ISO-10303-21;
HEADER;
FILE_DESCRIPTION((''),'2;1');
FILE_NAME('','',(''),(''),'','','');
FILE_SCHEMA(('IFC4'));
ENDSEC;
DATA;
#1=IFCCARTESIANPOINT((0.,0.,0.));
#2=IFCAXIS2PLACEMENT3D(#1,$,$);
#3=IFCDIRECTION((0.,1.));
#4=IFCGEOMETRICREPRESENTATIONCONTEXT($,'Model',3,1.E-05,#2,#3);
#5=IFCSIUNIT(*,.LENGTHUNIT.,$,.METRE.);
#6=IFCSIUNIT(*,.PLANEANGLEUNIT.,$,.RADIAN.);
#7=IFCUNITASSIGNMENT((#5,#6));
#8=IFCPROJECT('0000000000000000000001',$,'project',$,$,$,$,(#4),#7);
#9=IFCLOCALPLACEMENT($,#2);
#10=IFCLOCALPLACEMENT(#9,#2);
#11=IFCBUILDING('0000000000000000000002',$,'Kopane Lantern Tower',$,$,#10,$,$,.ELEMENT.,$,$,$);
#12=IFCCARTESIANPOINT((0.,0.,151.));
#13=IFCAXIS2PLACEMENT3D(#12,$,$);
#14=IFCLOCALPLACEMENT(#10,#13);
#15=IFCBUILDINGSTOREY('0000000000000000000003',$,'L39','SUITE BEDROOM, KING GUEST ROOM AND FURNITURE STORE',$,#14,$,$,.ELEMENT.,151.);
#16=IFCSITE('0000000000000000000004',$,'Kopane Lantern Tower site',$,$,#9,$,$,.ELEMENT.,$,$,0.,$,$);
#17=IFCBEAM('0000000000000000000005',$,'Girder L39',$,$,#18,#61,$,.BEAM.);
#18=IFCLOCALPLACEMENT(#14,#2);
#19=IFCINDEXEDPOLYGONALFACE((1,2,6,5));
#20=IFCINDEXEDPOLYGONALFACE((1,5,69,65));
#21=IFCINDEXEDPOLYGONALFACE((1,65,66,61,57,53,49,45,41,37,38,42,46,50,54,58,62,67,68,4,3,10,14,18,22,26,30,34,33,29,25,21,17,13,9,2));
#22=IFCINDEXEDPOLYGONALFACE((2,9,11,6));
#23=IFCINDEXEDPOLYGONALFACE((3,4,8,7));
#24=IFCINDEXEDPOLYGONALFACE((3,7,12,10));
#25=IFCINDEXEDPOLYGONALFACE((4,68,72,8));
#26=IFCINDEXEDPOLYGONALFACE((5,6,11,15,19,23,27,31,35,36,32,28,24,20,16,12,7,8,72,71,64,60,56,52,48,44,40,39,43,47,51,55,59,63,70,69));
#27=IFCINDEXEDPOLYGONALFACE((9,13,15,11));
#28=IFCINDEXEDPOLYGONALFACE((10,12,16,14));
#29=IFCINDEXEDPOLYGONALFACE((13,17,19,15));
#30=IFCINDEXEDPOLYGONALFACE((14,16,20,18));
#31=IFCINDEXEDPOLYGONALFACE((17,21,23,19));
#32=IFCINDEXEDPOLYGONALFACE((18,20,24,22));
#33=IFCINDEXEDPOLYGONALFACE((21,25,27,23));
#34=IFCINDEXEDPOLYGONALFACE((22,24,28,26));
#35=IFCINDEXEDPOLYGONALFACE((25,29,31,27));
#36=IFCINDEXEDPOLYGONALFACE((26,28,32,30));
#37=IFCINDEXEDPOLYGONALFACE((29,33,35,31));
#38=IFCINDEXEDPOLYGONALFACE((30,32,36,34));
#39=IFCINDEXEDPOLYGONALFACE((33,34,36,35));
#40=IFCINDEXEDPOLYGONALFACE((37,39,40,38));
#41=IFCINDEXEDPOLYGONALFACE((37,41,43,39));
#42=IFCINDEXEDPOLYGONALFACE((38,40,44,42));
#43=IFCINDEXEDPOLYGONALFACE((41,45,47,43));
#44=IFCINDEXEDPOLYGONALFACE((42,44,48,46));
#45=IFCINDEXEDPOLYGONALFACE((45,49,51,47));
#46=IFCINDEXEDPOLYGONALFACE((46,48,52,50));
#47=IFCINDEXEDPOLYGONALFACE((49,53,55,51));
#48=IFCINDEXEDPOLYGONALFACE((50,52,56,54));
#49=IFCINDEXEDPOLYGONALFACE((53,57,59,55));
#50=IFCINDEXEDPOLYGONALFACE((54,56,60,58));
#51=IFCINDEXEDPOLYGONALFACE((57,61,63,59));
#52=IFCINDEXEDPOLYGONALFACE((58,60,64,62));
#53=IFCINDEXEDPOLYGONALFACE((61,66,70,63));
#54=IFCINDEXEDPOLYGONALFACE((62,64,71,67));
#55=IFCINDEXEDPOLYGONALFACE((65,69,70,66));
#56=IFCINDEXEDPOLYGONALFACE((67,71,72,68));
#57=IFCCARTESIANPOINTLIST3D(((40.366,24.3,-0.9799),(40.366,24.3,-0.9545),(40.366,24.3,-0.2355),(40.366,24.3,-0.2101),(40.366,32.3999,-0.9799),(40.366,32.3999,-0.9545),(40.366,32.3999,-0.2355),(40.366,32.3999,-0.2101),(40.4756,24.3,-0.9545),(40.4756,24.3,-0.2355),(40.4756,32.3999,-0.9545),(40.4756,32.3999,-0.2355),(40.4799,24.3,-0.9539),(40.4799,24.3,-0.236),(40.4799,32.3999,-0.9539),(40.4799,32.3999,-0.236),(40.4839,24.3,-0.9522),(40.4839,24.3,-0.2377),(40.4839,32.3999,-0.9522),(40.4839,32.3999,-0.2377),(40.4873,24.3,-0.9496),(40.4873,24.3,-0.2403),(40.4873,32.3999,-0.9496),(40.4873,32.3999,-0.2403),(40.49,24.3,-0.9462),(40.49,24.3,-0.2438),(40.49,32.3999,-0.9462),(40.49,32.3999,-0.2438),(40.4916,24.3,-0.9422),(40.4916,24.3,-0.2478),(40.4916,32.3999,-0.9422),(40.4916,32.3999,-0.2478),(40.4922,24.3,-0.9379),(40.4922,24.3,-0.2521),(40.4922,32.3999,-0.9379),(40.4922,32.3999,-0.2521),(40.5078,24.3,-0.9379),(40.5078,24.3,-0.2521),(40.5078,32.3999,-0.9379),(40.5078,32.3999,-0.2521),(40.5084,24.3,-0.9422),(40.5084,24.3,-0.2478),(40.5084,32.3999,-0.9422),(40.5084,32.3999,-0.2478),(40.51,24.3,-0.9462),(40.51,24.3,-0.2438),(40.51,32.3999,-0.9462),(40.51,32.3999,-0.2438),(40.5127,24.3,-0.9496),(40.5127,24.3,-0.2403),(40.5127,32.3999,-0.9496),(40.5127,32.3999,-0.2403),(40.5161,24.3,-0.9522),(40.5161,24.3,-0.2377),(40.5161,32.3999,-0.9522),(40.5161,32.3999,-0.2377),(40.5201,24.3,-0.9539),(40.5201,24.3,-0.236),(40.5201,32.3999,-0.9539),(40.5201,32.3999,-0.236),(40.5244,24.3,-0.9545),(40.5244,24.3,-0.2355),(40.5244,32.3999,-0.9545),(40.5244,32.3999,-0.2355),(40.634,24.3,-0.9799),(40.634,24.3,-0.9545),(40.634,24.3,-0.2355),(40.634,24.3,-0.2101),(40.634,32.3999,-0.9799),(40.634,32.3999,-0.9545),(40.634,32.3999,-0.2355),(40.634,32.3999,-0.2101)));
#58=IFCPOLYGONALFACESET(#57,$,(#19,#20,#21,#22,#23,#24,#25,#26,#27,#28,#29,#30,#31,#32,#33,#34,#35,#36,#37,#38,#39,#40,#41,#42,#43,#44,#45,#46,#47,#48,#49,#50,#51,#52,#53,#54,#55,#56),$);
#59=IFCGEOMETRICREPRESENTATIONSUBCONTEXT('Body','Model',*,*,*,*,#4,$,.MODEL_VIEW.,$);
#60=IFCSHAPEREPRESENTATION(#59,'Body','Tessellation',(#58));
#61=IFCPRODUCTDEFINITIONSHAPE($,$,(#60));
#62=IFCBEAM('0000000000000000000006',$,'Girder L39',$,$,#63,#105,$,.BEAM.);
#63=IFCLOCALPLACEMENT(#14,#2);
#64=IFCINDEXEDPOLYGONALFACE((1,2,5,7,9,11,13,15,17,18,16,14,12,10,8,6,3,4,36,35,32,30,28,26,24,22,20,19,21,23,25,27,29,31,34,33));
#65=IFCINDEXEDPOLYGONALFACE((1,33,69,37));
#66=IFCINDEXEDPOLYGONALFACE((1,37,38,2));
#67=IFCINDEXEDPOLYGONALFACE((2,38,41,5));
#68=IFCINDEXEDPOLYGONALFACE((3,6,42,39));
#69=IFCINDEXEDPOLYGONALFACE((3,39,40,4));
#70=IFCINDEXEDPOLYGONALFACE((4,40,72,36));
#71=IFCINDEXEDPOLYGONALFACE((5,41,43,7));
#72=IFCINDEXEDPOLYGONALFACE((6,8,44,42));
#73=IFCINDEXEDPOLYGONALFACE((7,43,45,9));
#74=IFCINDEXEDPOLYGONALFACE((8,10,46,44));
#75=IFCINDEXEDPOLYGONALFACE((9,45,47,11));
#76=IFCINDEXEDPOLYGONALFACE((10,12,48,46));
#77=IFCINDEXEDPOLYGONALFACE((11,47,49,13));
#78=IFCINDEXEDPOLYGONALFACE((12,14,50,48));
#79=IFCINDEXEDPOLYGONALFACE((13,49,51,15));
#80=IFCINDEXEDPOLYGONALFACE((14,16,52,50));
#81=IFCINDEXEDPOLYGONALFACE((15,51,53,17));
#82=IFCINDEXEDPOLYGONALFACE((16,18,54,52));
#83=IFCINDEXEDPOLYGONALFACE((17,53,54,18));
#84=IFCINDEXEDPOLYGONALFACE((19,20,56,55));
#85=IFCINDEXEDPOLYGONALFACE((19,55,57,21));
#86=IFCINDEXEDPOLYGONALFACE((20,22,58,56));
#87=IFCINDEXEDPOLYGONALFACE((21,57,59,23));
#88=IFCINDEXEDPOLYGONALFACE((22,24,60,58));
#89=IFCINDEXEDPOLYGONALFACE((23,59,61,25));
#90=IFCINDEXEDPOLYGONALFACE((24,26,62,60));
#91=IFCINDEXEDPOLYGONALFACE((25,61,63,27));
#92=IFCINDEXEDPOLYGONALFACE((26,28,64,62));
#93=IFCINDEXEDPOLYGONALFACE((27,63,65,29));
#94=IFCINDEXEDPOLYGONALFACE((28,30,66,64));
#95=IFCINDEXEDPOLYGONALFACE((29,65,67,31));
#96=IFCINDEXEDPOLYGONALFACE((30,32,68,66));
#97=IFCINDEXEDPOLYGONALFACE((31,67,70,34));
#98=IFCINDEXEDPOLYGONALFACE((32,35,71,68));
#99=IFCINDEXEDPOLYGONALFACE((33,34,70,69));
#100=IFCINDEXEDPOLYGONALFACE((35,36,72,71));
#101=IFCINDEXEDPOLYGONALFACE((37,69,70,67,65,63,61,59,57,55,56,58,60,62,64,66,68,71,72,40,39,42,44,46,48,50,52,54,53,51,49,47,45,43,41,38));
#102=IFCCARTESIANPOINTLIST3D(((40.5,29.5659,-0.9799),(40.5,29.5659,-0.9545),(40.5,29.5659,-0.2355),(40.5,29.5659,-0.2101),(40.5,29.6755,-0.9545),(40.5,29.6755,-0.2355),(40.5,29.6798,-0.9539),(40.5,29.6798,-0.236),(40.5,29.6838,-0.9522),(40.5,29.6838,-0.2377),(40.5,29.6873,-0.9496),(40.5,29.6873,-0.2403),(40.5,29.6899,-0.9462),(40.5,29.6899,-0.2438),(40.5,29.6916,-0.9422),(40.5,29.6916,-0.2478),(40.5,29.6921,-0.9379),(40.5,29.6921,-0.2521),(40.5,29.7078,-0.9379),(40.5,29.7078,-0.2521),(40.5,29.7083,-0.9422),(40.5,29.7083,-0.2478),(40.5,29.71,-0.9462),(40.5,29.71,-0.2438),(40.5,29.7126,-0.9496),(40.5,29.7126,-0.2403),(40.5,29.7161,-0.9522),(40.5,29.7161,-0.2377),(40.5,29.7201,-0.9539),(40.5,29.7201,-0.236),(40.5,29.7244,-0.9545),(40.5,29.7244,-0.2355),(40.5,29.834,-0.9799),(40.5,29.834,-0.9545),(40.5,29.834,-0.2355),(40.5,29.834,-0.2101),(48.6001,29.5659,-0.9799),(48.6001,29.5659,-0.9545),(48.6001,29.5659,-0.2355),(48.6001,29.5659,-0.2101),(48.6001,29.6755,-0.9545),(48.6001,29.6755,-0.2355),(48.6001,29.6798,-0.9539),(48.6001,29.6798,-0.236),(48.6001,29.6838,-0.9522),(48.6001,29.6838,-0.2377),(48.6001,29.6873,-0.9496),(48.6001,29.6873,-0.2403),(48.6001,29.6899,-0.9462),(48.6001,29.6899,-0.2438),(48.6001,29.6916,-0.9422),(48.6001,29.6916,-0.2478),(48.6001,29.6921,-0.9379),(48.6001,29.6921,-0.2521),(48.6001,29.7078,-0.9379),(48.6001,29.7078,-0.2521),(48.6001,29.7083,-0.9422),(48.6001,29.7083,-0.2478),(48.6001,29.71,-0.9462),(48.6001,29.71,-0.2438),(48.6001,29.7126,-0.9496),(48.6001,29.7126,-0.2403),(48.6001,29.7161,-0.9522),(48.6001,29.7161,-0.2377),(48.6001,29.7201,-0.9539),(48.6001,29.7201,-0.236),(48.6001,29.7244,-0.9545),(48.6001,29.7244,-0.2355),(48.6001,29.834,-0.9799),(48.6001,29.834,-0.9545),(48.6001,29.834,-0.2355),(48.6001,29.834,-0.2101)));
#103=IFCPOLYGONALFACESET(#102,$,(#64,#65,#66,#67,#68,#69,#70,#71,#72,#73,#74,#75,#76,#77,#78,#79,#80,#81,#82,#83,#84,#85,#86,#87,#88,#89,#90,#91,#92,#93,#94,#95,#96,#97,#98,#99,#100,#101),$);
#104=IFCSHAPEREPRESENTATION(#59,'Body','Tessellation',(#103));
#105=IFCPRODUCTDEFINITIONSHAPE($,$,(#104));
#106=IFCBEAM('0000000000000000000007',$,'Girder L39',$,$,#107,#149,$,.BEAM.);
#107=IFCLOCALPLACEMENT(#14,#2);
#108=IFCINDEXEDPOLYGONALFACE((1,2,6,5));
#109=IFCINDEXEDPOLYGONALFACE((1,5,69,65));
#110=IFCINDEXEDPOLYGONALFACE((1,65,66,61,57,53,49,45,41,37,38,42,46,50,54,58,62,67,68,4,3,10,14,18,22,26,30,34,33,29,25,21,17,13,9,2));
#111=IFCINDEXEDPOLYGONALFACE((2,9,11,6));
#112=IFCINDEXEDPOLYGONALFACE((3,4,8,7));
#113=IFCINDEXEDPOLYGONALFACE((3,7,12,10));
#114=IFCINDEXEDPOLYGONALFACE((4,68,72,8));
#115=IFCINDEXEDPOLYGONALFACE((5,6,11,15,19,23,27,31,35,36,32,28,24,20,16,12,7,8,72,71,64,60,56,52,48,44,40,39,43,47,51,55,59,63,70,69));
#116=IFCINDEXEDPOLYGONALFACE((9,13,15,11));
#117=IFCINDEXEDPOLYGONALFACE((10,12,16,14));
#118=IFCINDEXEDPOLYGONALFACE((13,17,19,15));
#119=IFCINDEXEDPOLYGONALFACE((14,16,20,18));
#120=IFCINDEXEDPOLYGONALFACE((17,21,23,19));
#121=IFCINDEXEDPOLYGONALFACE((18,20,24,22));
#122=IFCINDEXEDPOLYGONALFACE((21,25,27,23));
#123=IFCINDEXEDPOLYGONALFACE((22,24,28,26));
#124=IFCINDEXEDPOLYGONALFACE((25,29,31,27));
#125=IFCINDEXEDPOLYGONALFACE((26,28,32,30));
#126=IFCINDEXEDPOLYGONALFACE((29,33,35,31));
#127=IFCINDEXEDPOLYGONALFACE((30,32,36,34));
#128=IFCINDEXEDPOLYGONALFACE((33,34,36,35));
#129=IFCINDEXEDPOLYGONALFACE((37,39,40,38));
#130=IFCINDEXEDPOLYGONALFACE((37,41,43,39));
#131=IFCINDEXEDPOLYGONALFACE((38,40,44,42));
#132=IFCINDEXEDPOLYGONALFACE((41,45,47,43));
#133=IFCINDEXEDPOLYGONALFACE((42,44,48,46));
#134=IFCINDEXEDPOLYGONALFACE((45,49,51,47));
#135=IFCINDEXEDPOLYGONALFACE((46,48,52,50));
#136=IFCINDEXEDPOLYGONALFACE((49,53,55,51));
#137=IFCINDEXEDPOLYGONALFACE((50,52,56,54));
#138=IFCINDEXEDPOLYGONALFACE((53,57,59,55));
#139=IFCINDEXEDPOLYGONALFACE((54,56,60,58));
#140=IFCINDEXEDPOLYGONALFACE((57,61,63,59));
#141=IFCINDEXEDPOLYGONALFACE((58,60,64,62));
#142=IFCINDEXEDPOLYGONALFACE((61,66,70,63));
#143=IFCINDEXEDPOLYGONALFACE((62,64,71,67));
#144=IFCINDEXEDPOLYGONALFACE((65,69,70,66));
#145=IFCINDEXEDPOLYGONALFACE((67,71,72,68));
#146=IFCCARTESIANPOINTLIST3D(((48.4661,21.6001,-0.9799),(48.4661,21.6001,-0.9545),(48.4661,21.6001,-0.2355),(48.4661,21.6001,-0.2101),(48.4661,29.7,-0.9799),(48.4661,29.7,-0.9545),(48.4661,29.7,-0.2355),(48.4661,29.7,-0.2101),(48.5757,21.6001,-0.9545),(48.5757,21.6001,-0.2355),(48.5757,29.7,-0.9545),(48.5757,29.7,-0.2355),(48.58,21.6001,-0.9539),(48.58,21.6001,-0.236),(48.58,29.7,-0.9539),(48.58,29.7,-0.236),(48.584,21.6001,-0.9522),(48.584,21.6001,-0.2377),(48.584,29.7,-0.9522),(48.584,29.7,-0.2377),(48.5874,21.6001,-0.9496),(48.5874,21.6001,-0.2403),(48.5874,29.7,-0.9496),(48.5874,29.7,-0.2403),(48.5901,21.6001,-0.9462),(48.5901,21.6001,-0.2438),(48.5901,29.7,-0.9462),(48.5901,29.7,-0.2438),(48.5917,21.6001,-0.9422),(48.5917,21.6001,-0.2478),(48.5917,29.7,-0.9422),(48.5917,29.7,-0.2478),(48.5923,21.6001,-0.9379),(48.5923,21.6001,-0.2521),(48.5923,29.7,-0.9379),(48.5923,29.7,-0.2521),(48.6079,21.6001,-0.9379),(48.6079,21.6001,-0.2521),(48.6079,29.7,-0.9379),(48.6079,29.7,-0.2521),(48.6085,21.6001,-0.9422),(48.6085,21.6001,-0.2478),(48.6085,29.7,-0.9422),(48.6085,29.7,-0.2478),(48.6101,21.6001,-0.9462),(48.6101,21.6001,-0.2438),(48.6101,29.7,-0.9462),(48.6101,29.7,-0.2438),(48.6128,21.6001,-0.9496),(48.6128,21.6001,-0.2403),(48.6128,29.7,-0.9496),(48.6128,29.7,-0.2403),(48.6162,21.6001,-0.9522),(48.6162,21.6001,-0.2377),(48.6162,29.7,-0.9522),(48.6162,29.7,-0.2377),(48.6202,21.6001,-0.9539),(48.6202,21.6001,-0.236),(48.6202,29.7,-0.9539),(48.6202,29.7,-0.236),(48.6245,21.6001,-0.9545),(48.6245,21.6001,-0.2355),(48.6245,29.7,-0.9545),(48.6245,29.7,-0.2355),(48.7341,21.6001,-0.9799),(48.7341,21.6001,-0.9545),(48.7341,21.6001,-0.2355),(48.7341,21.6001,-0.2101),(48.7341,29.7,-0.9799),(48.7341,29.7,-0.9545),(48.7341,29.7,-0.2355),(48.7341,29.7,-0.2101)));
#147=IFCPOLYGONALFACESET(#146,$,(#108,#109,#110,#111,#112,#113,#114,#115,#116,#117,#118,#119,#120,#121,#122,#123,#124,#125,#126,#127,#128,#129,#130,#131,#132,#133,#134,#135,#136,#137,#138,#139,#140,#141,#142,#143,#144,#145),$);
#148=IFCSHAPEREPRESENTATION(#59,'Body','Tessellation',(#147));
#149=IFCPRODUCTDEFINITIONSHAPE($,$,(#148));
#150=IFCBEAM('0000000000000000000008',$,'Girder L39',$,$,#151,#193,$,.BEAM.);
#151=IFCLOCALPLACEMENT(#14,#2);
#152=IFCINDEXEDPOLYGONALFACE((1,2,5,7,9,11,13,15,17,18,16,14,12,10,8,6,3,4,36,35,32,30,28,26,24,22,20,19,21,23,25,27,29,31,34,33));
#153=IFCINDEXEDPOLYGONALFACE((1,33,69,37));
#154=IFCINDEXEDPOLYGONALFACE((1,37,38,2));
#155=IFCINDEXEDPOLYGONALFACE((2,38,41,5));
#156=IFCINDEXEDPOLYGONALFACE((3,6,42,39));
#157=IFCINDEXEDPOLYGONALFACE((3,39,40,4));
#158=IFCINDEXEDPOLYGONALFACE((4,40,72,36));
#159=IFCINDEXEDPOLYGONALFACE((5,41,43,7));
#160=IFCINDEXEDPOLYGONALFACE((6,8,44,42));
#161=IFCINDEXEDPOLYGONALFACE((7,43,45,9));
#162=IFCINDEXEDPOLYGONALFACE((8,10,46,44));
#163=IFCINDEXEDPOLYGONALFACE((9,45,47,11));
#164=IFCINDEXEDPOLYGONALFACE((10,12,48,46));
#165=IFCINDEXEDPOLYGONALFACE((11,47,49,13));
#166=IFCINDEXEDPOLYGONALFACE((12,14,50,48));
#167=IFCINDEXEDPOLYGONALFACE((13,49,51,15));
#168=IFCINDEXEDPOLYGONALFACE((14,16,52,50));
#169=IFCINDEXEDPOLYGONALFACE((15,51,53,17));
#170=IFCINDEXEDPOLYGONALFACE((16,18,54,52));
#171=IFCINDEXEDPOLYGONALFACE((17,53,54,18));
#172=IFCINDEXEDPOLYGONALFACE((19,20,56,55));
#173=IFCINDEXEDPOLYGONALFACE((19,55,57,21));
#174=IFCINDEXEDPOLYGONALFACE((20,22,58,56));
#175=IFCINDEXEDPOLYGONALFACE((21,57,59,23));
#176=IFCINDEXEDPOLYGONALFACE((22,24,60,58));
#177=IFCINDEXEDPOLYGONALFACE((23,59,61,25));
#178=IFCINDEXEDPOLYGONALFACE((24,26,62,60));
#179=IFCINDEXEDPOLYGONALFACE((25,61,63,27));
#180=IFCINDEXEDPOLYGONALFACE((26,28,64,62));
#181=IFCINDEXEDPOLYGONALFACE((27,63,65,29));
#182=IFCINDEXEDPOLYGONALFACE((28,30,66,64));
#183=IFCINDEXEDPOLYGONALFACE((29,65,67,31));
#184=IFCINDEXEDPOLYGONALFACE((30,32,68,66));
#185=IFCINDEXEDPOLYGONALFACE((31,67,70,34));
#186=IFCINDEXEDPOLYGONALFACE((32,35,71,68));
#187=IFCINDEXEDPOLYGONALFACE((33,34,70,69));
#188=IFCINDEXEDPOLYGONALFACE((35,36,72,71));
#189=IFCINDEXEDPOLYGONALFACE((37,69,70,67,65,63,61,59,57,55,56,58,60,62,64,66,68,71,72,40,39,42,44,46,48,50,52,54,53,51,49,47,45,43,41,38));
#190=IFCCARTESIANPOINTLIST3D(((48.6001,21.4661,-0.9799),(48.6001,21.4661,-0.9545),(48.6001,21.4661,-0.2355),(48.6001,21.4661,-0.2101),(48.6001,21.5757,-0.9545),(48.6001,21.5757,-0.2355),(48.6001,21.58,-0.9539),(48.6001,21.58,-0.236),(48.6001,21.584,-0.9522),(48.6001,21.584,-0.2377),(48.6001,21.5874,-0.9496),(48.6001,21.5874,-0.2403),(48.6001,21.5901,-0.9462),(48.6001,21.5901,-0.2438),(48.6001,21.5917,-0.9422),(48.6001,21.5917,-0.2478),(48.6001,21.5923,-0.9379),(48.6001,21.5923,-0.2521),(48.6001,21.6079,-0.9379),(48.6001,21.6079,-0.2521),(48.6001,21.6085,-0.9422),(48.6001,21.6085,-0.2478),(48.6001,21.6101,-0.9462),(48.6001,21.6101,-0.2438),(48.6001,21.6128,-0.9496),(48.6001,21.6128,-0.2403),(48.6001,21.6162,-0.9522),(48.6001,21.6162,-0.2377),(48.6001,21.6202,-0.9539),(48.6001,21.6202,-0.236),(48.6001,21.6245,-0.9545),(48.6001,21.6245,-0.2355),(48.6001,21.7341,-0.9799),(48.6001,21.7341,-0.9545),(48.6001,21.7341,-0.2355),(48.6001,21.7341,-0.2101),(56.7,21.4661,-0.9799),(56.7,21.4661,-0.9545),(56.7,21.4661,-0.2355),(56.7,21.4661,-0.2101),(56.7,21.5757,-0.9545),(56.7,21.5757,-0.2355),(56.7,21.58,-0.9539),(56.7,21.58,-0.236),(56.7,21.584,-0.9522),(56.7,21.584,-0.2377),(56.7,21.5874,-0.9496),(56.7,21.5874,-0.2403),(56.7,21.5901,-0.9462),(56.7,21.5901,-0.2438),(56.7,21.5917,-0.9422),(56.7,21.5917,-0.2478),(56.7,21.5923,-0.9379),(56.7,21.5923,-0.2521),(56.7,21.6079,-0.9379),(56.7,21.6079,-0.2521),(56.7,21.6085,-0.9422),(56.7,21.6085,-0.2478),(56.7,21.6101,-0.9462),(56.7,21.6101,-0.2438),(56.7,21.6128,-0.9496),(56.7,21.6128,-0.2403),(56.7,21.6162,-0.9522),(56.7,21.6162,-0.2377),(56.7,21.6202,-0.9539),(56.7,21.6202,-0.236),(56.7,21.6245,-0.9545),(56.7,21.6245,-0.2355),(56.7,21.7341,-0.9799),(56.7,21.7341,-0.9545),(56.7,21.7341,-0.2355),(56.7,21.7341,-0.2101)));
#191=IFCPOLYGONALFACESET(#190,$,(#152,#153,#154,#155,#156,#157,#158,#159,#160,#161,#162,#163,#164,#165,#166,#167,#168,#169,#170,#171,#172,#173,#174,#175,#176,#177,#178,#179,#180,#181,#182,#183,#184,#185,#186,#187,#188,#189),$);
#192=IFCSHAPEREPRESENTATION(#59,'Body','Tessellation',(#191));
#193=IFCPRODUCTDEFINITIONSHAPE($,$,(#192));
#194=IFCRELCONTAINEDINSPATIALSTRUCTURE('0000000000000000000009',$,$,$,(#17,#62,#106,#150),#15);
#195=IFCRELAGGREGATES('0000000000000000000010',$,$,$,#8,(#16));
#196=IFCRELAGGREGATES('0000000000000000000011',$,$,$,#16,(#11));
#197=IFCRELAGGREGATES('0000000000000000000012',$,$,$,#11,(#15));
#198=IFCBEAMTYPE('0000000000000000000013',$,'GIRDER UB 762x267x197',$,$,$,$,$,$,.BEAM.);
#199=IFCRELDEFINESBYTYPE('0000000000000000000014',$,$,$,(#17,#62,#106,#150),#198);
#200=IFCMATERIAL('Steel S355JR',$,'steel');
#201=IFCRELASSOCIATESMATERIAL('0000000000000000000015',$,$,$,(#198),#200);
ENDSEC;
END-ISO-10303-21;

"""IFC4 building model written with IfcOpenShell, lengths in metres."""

from ifc_helpers import new_model, si_unit, direction, frame, origin, origin_2d, place, context, subcontext, project, spatial, i_section, extrude, material, material_profile, profile_set, type_object, element, save


model = new_model("IFC4")

# Units and contexts
model_context = context("Model", 3, precision=1e-05, world=origin(), true_north=direction((0.0, 1.0)))
body_context = subcontext(model_context, "Body", "Model", "MODEL_VIEW")
ifc_project = project(units=[si_unit("LENGTHUNIT", "METRE"), si_unit("PLANEANGLEUNIT", "RADIAN")], contexts=[model_context])

# Site, building, storey
site_placement = place(None, origin())
site = spatial("IfcSite", under=ifc_project, at=site_placement, Name="Kopane Lantern Tower site", CompositionType="ELEMENT", RefElevation=0.0)
building_placement = place(site_placement, origin())
building = spatial("IfcBuilding", under=site, at=building_placement, Name="Kopane Lantern Tower", CompositionType="ELEMENT")
storey_placement = place(building_placement, frame((0.0, 0.0, 151.0)))
storey = spatial("IfcBuildingStorey", under=building, at=storey_placement, Name="L39", Description="SUITE BEDROOM, KING GUEST ROOM AND FURNITURE STORE", CompositionType="ELEMENT", Elevation=151.0)

# Beams
ifc_material_1 = material(Name="Steel S355JR", Category="steel")
ifc_material_profile_1 = material_profile(ifc_material_1, i_section(OverallWidth=0.2681, OverallDepth=0.7698, WebThickness=0.0156, FlangeThickness=0.0254, FilletRadius=0.0166, at=origin_2d()), Name="UB 762x267x197")
ifc_profile_set_1 = profile_set([ifc_material_profile_1], Name="Steel S355JR")
beam_type = type_object("IfcBeamType", Name="GIRDER UB 762x267x197", PredefinedType="BEAM", material=ifc_profile_set_1)
beam_1_placement = place(storey_placement, frame((40.5, 24.3, -0.595), z_axis=(0.0, 1.0, 0.0), x_axis=(-1.0, 0.0, 0.0)))
element("IfcBeam", 1, at=beam_1_placement, inside=storey, type_object=beam_type, Name="Girder L39", PredefinedType="BEAM", context=body_context, shape_type="SweptSolid", body=[
    extrude(i_section(OverallWidth=0.2681, OverallDepth=0.7698, WebThickness=0.0156, FlangeThickness=0.0254, FilletRadius=0.0166, at=origin_2d()), origin(), (0.0, 0.0, 1.0), 8.0999),
])
beam_2_placement = place(storey_placement, frame((40.5, 29.7, -0.595), z_axis=(1.0, 0.0, 0.0), x_axis=(0.0, 1.0, 0.0)))
element("IfcBeam", 2, at=beam_2_placement, inside=storey, type_object=beam_type, Name="Girder L39", PredefinedType="BEAM", context=body_context, shape_type="SweptSolid", body=[
    extrude(i_section(OverallWidth=0.2681, OverallDepth=0.7698, WebThickness=0.0156, FlangeThickness=0.0254, FilletRadius=0.0166, at=origin_2d()), origin(), (0.0, 0.0, 1.0), 8.1001),
])
for number, where, z_axis, x_axis, name in (
    (3, (48.6001, 21.6001, -0.595), (0.0, 1.0, 0.0), (-1.0, 0.0, 0.0), "Girder L39"),
    (4, (48.6001, 21.6001, -0.595), (1.0, 0.0, 0.0), (0.0, 1.0, 0.0), "Girder L39"),
):
    element("IfcBeam", number, at=place(storey_placement, frame(where, z_axis=z_axis, x_axis=x_axis)), inside=storey, type_object=beam_type, Name=name, PredefinedType="BEAM", context=body_context, shape_type="SweptSolid", body=[
        extrude(i_section(OverallWidth=0.2681, OverallDepth=0.7698, WebThickness=0.0156, FlangeThickness=0.0254, FilletRadius=0.0166, at=origin_2d()), origin(), (0.0, 0.0, 1.0), 8.0999),
    ])

save(model, "model.ifc")
